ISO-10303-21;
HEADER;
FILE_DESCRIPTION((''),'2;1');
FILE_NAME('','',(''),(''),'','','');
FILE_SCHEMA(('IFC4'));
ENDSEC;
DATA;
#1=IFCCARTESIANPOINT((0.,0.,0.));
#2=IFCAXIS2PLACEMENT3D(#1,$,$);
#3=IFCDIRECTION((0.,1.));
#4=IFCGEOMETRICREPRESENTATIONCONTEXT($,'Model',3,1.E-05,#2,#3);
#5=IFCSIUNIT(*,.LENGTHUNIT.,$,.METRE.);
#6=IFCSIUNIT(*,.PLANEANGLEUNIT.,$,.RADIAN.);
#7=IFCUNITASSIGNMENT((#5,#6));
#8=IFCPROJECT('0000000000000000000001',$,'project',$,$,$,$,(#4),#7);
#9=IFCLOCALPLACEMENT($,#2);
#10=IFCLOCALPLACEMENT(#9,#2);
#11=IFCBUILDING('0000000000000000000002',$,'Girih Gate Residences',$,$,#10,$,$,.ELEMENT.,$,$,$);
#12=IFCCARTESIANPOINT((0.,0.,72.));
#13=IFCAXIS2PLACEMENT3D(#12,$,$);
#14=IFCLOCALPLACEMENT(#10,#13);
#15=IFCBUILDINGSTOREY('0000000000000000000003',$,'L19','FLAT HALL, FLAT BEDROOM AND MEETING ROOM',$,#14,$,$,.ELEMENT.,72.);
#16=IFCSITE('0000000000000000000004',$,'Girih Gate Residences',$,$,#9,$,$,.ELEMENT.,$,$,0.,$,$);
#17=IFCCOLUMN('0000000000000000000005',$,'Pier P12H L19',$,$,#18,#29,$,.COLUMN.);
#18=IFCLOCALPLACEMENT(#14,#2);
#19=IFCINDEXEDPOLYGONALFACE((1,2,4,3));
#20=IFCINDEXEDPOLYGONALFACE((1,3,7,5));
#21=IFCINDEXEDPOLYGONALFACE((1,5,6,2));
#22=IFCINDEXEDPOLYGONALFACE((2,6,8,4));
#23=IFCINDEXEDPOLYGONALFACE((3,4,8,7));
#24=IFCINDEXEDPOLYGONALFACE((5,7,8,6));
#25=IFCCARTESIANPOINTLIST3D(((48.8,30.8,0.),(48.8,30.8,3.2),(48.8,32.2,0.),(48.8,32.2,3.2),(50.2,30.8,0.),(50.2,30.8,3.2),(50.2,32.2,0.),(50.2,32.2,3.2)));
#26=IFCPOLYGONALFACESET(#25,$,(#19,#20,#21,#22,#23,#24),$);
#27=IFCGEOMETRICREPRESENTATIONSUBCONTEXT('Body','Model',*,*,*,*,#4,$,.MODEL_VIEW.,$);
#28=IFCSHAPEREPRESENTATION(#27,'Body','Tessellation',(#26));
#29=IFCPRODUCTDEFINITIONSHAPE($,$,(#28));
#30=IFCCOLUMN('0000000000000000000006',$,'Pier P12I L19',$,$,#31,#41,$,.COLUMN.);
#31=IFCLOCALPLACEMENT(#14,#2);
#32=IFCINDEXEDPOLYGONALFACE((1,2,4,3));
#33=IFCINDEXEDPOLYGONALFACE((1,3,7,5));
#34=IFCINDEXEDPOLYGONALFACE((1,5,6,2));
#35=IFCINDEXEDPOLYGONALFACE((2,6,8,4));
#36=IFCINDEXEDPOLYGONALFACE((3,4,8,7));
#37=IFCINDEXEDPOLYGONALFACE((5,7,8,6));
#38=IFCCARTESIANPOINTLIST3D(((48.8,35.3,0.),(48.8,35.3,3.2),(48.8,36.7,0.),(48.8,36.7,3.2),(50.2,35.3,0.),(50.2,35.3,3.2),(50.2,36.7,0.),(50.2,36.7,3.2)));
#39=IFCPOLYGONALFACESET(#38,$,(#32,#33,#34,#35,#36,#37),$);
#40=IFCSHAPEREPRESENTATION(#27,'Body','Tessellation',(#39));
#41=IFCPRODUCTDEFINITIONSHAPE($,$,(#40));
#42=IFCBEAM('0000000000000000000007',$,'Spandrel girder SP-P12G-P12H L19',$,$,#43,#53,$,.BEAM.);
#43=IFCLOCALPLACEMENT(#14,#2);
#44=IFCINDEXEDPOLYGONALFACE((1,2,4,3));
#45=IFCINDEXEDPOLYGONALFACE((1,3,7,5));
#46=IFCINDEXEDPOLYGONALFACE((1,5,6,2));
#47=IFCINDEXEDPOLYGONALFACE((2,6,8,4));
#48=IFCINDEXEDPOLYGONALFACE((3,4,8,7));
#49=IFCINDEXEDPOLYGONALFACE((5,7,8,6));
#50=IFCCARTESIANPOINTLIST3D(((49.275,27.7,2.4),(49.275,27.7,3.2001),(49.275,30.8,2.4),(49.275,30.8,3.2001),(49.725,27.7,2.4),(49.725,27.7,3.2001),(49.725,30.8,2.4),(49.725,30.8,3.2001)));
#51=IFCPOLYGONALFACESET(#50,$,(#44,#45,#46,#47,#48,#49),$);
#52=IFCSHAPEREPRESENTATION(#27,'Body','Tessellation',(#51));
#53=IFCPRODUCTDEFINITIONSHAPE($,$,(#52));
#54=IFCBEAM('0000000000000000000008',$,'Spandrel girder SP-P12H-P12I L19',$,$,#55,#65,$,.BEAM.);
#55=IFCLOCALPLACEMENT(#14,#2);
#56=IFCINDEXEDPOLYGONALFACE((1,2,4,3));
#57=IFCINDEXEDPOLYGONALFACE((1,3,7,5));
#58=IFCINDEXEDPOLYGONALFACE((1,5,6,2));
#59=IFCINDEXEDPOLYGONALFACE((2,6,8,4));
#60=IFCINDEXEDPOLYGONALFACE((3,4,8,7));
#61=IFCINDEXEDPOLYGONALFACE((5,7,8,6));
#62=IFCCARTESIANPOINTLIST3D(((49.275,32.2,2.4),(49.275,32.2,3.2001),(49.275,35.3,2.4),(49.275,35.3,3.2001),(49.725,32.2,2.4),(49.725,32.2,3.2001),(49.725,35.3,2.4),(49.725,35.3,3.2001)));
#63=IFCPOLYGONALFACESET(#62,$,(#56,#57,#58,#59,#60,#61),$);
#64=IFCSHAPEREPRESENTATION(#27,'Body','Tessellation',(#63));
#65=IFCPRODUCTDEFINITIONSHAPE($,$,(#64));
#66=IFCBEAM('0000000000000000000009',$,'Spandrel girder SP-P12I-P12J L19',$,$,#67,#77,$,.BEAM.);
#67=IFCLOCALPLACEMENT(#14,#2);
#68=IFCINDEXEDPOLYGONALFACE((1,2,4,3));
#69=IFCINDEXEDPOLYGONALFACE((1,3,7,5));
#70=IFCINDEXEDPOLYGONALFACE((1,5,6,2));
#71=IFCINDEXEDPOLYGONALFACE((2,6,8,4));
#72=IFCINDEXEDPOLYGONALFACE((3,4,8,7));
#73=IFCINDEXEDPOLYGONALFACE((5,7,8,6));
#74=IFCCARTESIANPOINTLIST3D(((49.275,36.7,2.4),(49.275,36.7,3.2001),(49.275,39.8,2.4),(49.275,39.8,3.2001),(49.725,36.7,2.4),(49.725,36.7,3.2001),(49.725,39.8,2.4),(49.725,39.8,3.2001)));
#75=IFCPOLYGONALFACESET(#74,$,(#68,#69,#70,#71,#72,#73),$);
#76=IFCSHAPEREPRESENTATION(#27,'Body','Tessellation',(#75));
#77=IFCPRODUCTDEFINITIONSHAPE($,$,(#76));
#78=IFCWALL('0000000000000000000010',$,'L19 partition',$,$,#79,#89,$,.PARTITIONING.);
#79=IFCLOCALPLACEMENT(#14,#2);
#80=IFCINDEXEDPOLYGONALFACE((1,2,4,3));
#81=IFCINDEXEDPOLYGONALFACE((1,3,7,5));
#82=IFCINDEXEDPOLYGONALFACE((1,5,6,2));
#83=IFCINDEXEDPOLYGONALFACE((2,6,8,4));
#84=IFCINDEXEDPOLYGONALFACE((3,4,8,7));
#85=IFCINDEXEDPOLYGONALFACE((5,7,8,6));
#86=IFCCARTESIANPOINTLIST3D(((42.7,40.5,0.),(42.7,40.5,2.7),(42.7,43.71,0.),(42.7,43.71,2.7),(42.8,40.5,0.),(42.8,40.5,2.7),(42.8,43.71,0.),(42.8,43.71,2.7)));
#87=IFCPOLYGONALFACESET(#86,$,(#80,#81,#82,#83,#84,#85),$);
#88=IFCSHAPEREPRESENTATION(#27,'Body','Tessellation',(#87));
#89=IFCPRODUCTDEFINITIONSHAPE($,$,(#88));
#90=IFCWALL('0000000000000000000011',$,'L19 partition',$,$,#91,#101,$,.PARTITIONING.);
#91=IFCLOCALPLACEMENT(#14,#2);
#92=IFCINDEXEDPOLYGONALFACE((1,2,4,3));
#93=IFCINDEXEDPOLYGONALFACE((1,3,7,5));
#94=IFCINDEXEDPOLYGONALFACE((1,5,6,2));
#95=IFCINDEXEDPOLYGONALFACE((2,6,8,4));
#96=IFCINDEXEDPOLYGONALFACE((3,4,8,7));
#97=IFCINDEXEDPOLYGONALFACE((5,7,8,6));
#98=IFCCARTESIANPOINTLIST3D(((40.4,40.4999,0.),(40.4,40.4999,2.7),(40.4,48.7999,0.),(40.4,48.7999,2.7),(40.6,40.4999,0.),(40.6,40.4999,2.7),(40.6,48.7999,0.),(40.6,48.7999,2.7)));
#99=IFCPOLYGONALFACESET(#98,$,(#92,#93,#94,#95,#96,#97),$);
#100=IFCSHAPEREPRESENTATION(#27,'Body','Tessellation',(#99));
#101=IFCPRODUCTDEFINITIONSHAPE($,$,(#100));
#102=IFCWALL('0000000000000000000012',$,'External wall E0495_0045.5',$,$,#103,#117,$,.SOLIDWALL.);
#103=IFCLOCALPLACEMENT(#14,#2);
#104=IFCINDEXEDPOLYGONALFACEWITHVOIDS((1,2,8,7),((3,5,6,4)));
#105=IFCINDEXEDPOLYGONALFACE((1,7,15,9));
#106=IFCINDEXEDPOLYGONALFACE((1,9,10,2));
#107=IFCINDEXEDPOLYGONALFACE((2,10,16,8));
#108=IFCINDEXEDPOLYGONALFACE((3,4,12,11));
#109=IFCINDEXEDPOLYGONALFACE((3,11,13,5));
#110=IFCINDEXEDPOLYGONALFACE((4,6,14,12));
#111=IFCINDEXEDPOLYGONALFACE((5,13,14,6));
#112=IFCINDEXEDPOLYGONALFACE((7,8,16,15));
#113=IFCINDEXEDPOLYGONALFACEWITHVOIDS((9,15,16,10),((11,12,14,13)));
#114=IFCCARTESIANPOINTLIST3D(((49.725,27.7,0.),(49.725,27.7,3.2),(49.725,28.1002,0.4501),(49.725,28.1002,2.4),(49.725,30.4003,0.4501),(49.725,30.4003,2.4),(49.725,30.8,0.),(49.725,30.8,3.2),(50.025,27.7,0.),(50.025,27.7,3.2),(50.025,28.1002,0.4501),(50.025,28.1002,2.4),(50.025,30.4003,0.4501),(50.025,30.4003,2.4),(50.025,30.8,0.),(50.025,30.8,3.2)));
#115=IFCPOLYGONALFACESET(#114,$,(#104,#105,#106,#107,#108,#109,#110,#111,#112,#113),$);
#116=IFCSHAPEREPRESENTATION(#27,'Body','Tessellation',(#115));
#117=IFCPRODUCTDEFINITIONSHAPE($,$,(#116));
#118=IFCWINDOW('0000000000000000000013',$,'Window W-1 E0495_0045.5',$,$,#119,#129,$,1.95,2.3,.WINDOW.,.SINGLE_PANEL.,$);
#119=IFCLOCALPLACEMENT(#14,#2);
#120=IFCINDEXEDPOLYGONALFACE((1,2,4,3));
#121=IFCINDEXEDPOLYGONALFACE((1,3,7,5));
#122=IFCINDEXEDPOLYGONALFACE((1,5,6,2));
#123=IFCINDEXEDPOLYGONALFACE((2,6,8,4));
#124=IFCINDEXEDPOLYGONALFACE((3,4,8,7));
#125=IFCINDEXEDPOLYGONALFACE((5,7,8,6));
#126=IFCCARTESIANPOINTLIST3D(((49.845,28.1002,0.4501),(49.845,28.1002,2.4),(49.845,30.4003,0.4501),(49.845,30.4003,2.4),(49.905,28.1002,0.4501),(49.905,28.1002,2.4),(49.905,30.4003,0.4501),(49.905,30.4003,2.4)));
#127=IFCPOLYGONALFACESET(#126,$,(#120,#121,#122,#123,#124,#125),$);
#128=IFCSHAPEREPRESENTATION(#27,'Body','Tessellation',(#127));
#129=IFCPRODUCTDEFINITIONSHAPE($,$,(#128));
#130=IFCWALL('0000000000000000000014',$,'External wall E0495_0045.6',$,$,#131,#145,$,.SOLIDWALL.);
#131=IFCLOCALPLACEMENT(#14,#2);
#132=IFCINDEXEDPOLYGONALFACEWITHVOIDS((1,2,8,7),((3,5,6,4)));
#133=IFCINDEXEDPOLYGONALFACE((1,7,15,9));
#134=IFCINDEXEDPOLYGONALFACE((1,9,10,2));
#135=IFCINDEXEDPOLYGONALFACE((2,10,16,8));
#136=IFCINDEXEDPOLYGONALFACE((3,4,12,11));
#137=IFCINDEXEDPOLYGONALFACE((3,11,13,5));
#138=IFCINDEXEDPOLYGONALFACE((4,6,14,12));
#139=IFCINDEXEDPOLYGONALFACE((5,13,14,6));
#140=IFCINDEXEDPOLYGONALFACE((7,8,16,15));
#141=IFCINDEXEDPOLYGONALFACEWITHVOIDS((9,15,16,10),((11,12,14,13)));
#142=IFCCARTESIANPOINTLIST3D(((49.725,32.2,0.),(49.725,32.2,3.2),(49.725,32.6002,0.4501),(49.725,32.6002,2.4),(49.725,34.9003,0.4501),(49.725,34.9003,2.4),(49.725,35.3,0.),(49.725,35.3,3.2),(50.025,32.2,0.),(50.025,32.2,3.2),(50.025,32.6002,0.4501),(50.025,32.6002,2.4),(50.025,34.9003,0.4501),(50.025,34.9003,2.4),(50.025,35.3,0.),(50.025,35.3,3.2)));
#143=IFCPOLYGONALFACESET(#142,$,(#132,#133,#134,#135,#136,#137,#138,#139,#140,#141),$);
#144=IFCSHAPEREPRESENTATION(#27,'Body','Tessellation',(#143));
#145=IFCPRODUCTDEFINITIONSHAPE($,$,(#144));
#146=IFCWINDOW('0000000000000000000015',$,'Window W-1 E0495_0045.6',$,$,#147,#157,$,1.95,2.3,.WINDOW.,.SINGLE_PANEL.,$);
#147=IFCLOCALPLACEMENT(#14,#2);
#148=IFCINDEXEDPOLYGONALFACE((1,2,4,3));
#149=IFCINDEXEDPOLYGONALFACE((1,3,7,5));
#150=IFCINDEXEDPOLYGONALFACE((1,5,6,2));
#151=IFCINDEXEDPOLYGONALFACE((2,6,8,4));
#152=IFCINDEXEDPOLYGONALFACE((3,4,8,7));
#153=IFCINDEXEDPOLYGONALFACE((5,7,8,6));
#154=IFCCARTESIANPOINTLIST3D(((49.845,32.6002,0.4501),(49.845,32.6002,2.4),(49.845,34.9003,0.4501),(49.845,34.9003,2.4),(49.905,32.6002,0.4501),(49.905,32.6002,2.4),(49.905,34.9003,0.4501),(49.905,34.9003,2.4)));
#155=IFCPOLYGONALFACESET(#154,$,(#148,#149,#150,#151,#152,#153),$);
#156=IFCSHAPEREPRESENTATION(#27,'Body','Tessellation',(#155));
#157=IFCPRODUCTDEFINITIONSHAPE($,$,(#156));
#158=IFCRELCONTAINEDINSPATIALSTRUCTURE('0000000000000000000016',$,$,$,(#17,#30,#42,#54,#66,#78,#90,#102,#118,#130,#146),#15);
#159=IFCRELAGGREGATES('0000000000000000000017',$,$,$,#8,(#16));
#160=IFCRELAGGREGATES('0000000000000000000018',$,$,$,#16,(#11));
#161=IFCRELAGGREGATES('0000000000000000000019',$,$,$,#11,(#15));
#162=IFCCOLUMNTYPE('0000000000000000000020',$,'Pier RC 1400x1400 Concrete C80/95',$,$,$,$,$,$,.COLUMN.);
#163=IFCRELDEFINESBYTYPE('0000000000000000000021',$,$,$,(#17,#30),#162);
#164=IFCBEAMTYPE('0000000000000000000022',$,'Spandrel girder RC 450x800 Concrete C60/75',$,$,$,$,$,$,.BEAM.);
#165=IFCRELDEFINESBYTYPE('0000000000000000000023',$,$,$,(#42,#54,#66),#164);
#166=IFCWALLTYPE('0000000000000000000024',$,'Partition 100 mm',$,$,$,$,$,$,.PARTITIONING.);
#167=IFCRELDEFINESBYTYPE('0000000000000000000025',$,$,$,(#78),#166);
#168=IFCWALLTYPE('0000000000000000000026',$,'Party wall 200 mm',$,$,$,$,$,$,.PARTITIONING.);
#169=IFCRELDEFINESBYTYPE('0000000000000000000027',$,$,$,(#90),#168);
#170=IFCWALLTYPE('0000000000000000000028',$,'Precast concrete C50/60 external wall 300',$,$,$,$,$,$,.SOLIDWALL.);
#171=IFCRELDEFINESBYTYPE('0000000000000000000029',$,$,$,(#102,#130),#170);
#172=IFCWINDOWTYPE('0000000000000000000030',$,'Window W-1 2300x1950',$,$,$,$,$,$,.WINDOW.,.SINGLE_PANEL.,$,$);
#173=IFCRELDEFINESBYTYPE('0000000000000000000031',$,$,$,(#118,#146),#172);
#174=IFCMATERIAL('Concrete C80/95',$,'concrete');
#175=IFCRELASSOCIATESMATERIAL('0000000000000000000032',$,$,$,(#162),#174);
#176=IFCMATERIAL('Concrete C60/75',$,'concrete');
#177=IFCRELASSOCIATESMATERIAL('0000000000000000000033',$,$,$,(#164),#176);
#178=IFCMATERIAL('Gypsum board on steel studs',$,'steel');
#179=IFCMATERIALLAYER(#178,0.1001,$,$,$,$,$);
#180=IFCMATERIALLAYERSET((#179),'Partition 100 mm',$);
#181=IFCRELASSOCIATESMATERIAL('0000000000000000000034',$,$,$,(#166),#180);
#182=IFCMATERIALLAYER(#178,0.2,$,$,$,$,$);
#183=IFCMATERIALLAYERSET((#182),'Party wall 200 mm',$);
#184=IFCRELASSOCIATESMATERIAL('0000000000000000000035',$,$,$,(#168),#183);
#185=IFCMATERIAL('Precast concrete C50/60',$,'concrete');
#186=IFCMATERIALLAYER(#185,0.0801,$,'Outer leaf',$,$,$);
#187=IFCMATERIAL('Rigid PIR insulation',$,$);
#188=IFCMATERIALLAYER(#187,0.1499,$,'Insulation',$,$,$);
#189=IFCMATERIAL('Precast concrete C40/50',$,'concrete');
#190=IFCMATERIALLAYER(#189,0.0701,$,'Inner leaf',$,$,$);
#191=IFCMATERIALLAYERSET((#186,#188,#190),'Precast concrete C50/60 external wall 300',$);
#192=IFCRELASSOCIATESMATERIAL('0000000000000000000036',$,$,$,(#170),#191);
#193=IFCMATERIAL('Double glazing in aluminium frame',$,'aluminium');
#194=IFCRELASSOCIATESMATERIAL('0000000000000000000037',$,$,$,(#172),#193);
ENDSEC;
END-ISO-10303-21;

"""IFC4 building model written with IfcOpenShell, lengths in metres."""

from ifc_helpers import new_model, si_unit, direction, frame, frame_2d, origin, origin_2d, place, context, subcontext, project, spatial, rectangle, extrude, material, layer, layer_set, material_profile, profile_set, type_object, element, fill, save


model = new_model("IFC4")

# Units and contexts
model_context = context("Model", 3, precision=1e-05, world=origin(), true_north=direction((0.0, 1.0)))
body_context = subcontext(model_context, "Body", "Model", "MODEL_VIEW")
ifc_project = project(units=[si_unit("LENGTHUNIT", "METRE"), si_unit("PLANEANGLEUNIT", "RADIAN")], contexts=[model_context])

# Site, building, storey
site_placement = place(None, origin())
site = spatial("IfcSite", under=ifc_project, at=site_placement, Name="Girih Gate Residences", CompositionType="ELEMENT", RefElevation=0.0)
building_placement = place(site_placement, origin())
building = spatial("IfcBuilding", under=site, at=building_placement, Name="Girih Gate Residences", CompositionType="ELEMENT")
storey_placement = place(building_placement, frame((0.0, 0.0, 72.0)))
storey = spatial("IfcBuildingStorey", under=building, at=storey_placement, Name="L19", Description="FLAT HALL, FLAT BEDROOM AND MEETING ROOM", CompositionType="ELEMENT", Elevation=72.0)

# Columns
ifc_material_1 = material(Name="Concrete C80/95", Category="concrete")
ifc_material_profile_1 = material_profile(ifc_material_1, rectangle(XDim=1.3999, YDim=1.3999, at=origin_2d()))
ifc_profile_set_1 = profile_set([ifc_material_profile_1], Name="Concrete C80/95")
column_type = type_object("IfcColumnType", Name="Pier RC 1400x1400 Concrete C80/95", PredefinedType="COLUMN", material=ifc_profile_set_1)
for number, where, z_axis, x_axis, name in (
    (1, (49.5, 31.5, 0.0), (0.0, 0.0, 1.0), (1.0, 0.0, 0.0), "Pier P12H L19"),
    (2, (49.5, 36.0, 0.0), (0.0, 0.0, 1.0), (1.0, 0.0, 0.0), "Pier P12I L19"),
):
    element("IfcColumn", number, at=place(storey_placement, frame(where, z_axis=z_axis, x_axis=x_axis)), inside=storey, type_object=column_type, Name=name, PredefinedType="COLUMN", context=body_context, shape_type="SweptSolid", body=[
        extrude(rectangle(XDim=1.3999, YDim=1.3999, at=origin_2d()), origin(), (0.0, 0.0, 1.0), 3.2),
    ])

# Beams
ifc_material_2 = material(Name="Concrete C60/75", Category="concrete")
ifc_material_profile_2 = material_profile(ifc_material_2, rectangle(XDim=0.45, YDim=0.8, at=origin_2d()))
ifc_profile_set_2 = profile_set([ifc_material_profile_2], Name="Concrete C60/75")
beam_type = type_object("IfcBeamType", Name="Spandrel girder RC 450x800 Concrete C60/75", PredefinedType="BEAM", material=ifc_profile_set_2)
for number, where, z_axis, x_axis, name in (
    (3, (49.5, 27.7, 2.8), (0.0, 1.0, 0.0), (-1.0, 0.0, 0.0), "Spandrel girder SP-P12G-P12H L19"),
    (4, (49.5, 32.2, 2.8), (0.0, 1.0, 0.0), (-1.0, 0.0, 0.0), "Spandrel girder SP-P12H-P12I L19"),
    (5, (49.5, 36.7, 2.8), (0.0, 1.0, 0.0), (-1.0, 0.0, 0.0), "Spandrel girder SP-P12I-P12J L19"),
):
    element("IfcBeam", number, at=place(storey_placement, frame(where, z_axis=z_axis, x_axis=x_axis)), inside=storey, type_object=beam_type, Name=name, PredefinedType="BEAM", context=body_context, shape_type="SweptSolid", body=[
        extrude(rectangle(XDim=0.45, YDim=0.8, at=origin_2d()), origin(), (0.0, 0.0, 1.0), 3.1001),
    ])

# Walls
ifc_material_3 = material(Name="Gypsum board on steel studs", Category="steel")
ifc_layer_1 = layer(ifc_material_3, 0.1001)
ifc_layer_set_1 = layer_set([ifc_layer_1], Name="Partition 100 mm")
wall_type_1 = type_object("IfcWallType", Name="Partition 100 mm", PredefinedType="PARTITIONING", material=ifc_layer_set_1)
wall_1_placement = place(storey_placement, frame((42.75, 40.5, 0.0), z_axis=(0.0, 0.0, 1.0), x_axis=(0.0, 1.0, 0.0)))
element("IfcWall", 6, at=wall_1_placement, inside=storey, type_object=wall_type_1, Name="L19 partition", PredefinedType="PARTITIONING", context=body_context, shape_type="SweptSolid", body=[
    extrude(rectangle(XDim=3.21, YDim=0.1001, at=frame_2d((1.605, 0.0))), origin(), (0.0, 0.0, 1.0), 2.7),
])
ifc_layer_2 = layer(ifc_material_3, 0.2)
ifc_layer_set_2 = layer_set([ifc_layer_2], Name="Party wall 200 mm")
wall_type_2 = type_object("IfcWallType", Name="Party wall 200 mm", PredefinedType="PARTITIONING", material=ifc_layer_set_2)
wall_2_placement = place(storey_placement, frame((40.5, 40.5, 0.0), z_axis=(0.0, 0.0, 1.0), x_axis=(0.0, 1.0, 0.0)))
element("IfcWall", 7, at=wall_2_placement, inside=storey, type_object=wall_type_2, Name="L19 partition", PredefinedType="PARTITIONING", context=body_context, shape_type="SweptSolid", body=[
    extrude(rectangle(XDim=8.3, YDim=0.2, at=frame_2d((4.1499, 0.0))), origin(), (0.0, 0.0, 1.0), 2.7),
])

# Walls, openings, windows
ifc_material_4 = material(Name="Precast concrete C50/60", Category="concrete")
ifc_layer_3 = layer(ifc_material_4, 0.0801, Name="Outer leaf")
ifc_material_5 = material(Name="Rigid PIR insulation")
ifc_layer_4 = layer(ifc_material_5, 0.1499, Name="Insulation")
ifc_material_6 = material(Name="Precast concrete C40/50", Category="concrete")
ifc_layer_5 = layer(ifc_material_6, 0.0701, Name="Inner leaf")
ifc_layer_set_3 = layer_set([ifc_layer_3, ifc_layer_4, ifc_layer_5], Name="Precast concrete C50/60 external wall 300")
wall_type_3 = type_object("IfcWallType", Name="Precast concrete C50/60 external wall 300", PredefinedType="SOLIDWALL", material=ifc_layer_set_3)
wall_3_placement = place(storey_placement, frame((49.875, 30.8, 0.0), z_axis=(0.0, 0.0, 1.0), x_axis=(0.0, -1.0, 0.0)))
wall_3 = element("IfcWall", 8, at=wall_3_placement, inside=storey, type_object=wall_type_3, Name="External wall E0495_0045.5", PredefinedType="SOLIDWALL", context=body_context, shape_type="SweptSolid", body=[
    extrude(rectangle(XDim=3.1001, YDim=0.3, at=frame_2d((1.55, 0.0))), origin(), (0.0, 0.0, 1.0), 3.2),
])
opening_1_placement = place(wall_3_placement, frame((0.3999, 0.0, 0.45)))
opening_1 = element("IfcOpeningElement", 9, at=opening_1_placement, cuts=wall_3, PredefinedType="OPENING", context=body_context, shape_type="SweptSolid", body=[
    extrude(rectangle(XDim=2.3, YDim=1.95, at=frame_2d((1.1499, 0.9751))), frame((0.0, 0.1599, 0.0), z_axis=(0.0, -1.0, 0.0), x_axis=(1.0, 0.0, 0.0)), (0.0, 0.0, 1.0), 0.3201),
])
ifc_material_7 = material(Name="Double glazing in aluminium frame", Category="aluminium")
window_type = type_object("IfcWindowType", Name="Window W-1 2300x1950", PartitioningType="SINGLE_PANEL", PredefinedType="WINDOW", material=ifc_material_7)
window_1_placement = place(opening_1_placement, origin())
window_1 = element("IfcWindow", 10, at=window_1_placement, inside=storey, type_object=window_type, Name="Window W-1 E0495_0045.5", OverallHeight=1.95, OverallWidth=2.3, PartitioningType="SINGLE_PANEL", PredefinedType="WINDOW", context=body_context, shape_type="SweptSolid", body=[
    extrude(rectangle(XDim=2.3, YDim=1.95, at=frame_2d((1.1499, 0.9751))), frame((0.0, 0.03, 0.0), z_axis=(0.0, -1.0, 0.0), x_axis=(1.0, 0.0, 0.0)), (0.0, 0.0, 1.0), 0.0601),
])
fill(opening_1, window_1)
wall_4_placement = place(storey_placement, frame((49.875, 35.3, 0.0), z_axis=(0.0, 0.0, 1.0), x_axis=(0.0, -1.0, 0.0)))
wall_4 = element("IfcWall", 11, at=wall_4_placement, inside=storey, type_object=wall_type_3, Name="External wall E0495_0045.6", PredefinedType="SOLIDWALL", context=body_context, shape_type="SweptSolid", body=[
    extrude(rectangle(XDim=3.1001, YDim=0.3, at=frame_2d((1.55, 0.0))), origin(), (0.0, 0.0, 1.0), 3.2),
])
opening_2_placement = place(wall_4_placement, frame((0.3999, 0.0, 0.45)))
opening_2 = element("IfcOpeningElement", 12, at=opening_2_placement, cuts=wall_4, PredefinedType="OPENING", context=body_context, shape_type="SweptSolid", body=[
    extrude(rectangle(XDim=2.3, YDim=1.95, at=frame_2d((1.1499, 0.9751))), frame((0.0, 0.1599, 0.0), z_axis=(0.0, -1.0, 0.0), x_axis=(1.0, 0.0, 0.0)), (0.0, 0.0, 1.0), 0.3201),
])
window_2_placement = place(opening_2_placement, origin())
window_2 = element("IfcWindow", 13, at=window_2_placement, inside=storey, type_object=window_type, Name="Window W-1 E0495_0045.6", OverallHeight=1.95, OverallWidth=2.3, PartitioningType="SINGLE_PANEL", PredefinedType="WINDOW", context=body_context, shape_type="SweptSolid", body=[
    extrude(rectangle(XDim=2.3, YDim=1.95, at=frame_2d((1.1499, 0.9751))), frame((0.0, 0.03, 0.0), z_axis=(0.0, -1.0, 0.0), x_axis=(1.0, 0.0, 0.0)), (0.0, 0.0, 1.0), 0.0601),
])
fill(opening_2, window_2)

save(model, "model.ifc")
